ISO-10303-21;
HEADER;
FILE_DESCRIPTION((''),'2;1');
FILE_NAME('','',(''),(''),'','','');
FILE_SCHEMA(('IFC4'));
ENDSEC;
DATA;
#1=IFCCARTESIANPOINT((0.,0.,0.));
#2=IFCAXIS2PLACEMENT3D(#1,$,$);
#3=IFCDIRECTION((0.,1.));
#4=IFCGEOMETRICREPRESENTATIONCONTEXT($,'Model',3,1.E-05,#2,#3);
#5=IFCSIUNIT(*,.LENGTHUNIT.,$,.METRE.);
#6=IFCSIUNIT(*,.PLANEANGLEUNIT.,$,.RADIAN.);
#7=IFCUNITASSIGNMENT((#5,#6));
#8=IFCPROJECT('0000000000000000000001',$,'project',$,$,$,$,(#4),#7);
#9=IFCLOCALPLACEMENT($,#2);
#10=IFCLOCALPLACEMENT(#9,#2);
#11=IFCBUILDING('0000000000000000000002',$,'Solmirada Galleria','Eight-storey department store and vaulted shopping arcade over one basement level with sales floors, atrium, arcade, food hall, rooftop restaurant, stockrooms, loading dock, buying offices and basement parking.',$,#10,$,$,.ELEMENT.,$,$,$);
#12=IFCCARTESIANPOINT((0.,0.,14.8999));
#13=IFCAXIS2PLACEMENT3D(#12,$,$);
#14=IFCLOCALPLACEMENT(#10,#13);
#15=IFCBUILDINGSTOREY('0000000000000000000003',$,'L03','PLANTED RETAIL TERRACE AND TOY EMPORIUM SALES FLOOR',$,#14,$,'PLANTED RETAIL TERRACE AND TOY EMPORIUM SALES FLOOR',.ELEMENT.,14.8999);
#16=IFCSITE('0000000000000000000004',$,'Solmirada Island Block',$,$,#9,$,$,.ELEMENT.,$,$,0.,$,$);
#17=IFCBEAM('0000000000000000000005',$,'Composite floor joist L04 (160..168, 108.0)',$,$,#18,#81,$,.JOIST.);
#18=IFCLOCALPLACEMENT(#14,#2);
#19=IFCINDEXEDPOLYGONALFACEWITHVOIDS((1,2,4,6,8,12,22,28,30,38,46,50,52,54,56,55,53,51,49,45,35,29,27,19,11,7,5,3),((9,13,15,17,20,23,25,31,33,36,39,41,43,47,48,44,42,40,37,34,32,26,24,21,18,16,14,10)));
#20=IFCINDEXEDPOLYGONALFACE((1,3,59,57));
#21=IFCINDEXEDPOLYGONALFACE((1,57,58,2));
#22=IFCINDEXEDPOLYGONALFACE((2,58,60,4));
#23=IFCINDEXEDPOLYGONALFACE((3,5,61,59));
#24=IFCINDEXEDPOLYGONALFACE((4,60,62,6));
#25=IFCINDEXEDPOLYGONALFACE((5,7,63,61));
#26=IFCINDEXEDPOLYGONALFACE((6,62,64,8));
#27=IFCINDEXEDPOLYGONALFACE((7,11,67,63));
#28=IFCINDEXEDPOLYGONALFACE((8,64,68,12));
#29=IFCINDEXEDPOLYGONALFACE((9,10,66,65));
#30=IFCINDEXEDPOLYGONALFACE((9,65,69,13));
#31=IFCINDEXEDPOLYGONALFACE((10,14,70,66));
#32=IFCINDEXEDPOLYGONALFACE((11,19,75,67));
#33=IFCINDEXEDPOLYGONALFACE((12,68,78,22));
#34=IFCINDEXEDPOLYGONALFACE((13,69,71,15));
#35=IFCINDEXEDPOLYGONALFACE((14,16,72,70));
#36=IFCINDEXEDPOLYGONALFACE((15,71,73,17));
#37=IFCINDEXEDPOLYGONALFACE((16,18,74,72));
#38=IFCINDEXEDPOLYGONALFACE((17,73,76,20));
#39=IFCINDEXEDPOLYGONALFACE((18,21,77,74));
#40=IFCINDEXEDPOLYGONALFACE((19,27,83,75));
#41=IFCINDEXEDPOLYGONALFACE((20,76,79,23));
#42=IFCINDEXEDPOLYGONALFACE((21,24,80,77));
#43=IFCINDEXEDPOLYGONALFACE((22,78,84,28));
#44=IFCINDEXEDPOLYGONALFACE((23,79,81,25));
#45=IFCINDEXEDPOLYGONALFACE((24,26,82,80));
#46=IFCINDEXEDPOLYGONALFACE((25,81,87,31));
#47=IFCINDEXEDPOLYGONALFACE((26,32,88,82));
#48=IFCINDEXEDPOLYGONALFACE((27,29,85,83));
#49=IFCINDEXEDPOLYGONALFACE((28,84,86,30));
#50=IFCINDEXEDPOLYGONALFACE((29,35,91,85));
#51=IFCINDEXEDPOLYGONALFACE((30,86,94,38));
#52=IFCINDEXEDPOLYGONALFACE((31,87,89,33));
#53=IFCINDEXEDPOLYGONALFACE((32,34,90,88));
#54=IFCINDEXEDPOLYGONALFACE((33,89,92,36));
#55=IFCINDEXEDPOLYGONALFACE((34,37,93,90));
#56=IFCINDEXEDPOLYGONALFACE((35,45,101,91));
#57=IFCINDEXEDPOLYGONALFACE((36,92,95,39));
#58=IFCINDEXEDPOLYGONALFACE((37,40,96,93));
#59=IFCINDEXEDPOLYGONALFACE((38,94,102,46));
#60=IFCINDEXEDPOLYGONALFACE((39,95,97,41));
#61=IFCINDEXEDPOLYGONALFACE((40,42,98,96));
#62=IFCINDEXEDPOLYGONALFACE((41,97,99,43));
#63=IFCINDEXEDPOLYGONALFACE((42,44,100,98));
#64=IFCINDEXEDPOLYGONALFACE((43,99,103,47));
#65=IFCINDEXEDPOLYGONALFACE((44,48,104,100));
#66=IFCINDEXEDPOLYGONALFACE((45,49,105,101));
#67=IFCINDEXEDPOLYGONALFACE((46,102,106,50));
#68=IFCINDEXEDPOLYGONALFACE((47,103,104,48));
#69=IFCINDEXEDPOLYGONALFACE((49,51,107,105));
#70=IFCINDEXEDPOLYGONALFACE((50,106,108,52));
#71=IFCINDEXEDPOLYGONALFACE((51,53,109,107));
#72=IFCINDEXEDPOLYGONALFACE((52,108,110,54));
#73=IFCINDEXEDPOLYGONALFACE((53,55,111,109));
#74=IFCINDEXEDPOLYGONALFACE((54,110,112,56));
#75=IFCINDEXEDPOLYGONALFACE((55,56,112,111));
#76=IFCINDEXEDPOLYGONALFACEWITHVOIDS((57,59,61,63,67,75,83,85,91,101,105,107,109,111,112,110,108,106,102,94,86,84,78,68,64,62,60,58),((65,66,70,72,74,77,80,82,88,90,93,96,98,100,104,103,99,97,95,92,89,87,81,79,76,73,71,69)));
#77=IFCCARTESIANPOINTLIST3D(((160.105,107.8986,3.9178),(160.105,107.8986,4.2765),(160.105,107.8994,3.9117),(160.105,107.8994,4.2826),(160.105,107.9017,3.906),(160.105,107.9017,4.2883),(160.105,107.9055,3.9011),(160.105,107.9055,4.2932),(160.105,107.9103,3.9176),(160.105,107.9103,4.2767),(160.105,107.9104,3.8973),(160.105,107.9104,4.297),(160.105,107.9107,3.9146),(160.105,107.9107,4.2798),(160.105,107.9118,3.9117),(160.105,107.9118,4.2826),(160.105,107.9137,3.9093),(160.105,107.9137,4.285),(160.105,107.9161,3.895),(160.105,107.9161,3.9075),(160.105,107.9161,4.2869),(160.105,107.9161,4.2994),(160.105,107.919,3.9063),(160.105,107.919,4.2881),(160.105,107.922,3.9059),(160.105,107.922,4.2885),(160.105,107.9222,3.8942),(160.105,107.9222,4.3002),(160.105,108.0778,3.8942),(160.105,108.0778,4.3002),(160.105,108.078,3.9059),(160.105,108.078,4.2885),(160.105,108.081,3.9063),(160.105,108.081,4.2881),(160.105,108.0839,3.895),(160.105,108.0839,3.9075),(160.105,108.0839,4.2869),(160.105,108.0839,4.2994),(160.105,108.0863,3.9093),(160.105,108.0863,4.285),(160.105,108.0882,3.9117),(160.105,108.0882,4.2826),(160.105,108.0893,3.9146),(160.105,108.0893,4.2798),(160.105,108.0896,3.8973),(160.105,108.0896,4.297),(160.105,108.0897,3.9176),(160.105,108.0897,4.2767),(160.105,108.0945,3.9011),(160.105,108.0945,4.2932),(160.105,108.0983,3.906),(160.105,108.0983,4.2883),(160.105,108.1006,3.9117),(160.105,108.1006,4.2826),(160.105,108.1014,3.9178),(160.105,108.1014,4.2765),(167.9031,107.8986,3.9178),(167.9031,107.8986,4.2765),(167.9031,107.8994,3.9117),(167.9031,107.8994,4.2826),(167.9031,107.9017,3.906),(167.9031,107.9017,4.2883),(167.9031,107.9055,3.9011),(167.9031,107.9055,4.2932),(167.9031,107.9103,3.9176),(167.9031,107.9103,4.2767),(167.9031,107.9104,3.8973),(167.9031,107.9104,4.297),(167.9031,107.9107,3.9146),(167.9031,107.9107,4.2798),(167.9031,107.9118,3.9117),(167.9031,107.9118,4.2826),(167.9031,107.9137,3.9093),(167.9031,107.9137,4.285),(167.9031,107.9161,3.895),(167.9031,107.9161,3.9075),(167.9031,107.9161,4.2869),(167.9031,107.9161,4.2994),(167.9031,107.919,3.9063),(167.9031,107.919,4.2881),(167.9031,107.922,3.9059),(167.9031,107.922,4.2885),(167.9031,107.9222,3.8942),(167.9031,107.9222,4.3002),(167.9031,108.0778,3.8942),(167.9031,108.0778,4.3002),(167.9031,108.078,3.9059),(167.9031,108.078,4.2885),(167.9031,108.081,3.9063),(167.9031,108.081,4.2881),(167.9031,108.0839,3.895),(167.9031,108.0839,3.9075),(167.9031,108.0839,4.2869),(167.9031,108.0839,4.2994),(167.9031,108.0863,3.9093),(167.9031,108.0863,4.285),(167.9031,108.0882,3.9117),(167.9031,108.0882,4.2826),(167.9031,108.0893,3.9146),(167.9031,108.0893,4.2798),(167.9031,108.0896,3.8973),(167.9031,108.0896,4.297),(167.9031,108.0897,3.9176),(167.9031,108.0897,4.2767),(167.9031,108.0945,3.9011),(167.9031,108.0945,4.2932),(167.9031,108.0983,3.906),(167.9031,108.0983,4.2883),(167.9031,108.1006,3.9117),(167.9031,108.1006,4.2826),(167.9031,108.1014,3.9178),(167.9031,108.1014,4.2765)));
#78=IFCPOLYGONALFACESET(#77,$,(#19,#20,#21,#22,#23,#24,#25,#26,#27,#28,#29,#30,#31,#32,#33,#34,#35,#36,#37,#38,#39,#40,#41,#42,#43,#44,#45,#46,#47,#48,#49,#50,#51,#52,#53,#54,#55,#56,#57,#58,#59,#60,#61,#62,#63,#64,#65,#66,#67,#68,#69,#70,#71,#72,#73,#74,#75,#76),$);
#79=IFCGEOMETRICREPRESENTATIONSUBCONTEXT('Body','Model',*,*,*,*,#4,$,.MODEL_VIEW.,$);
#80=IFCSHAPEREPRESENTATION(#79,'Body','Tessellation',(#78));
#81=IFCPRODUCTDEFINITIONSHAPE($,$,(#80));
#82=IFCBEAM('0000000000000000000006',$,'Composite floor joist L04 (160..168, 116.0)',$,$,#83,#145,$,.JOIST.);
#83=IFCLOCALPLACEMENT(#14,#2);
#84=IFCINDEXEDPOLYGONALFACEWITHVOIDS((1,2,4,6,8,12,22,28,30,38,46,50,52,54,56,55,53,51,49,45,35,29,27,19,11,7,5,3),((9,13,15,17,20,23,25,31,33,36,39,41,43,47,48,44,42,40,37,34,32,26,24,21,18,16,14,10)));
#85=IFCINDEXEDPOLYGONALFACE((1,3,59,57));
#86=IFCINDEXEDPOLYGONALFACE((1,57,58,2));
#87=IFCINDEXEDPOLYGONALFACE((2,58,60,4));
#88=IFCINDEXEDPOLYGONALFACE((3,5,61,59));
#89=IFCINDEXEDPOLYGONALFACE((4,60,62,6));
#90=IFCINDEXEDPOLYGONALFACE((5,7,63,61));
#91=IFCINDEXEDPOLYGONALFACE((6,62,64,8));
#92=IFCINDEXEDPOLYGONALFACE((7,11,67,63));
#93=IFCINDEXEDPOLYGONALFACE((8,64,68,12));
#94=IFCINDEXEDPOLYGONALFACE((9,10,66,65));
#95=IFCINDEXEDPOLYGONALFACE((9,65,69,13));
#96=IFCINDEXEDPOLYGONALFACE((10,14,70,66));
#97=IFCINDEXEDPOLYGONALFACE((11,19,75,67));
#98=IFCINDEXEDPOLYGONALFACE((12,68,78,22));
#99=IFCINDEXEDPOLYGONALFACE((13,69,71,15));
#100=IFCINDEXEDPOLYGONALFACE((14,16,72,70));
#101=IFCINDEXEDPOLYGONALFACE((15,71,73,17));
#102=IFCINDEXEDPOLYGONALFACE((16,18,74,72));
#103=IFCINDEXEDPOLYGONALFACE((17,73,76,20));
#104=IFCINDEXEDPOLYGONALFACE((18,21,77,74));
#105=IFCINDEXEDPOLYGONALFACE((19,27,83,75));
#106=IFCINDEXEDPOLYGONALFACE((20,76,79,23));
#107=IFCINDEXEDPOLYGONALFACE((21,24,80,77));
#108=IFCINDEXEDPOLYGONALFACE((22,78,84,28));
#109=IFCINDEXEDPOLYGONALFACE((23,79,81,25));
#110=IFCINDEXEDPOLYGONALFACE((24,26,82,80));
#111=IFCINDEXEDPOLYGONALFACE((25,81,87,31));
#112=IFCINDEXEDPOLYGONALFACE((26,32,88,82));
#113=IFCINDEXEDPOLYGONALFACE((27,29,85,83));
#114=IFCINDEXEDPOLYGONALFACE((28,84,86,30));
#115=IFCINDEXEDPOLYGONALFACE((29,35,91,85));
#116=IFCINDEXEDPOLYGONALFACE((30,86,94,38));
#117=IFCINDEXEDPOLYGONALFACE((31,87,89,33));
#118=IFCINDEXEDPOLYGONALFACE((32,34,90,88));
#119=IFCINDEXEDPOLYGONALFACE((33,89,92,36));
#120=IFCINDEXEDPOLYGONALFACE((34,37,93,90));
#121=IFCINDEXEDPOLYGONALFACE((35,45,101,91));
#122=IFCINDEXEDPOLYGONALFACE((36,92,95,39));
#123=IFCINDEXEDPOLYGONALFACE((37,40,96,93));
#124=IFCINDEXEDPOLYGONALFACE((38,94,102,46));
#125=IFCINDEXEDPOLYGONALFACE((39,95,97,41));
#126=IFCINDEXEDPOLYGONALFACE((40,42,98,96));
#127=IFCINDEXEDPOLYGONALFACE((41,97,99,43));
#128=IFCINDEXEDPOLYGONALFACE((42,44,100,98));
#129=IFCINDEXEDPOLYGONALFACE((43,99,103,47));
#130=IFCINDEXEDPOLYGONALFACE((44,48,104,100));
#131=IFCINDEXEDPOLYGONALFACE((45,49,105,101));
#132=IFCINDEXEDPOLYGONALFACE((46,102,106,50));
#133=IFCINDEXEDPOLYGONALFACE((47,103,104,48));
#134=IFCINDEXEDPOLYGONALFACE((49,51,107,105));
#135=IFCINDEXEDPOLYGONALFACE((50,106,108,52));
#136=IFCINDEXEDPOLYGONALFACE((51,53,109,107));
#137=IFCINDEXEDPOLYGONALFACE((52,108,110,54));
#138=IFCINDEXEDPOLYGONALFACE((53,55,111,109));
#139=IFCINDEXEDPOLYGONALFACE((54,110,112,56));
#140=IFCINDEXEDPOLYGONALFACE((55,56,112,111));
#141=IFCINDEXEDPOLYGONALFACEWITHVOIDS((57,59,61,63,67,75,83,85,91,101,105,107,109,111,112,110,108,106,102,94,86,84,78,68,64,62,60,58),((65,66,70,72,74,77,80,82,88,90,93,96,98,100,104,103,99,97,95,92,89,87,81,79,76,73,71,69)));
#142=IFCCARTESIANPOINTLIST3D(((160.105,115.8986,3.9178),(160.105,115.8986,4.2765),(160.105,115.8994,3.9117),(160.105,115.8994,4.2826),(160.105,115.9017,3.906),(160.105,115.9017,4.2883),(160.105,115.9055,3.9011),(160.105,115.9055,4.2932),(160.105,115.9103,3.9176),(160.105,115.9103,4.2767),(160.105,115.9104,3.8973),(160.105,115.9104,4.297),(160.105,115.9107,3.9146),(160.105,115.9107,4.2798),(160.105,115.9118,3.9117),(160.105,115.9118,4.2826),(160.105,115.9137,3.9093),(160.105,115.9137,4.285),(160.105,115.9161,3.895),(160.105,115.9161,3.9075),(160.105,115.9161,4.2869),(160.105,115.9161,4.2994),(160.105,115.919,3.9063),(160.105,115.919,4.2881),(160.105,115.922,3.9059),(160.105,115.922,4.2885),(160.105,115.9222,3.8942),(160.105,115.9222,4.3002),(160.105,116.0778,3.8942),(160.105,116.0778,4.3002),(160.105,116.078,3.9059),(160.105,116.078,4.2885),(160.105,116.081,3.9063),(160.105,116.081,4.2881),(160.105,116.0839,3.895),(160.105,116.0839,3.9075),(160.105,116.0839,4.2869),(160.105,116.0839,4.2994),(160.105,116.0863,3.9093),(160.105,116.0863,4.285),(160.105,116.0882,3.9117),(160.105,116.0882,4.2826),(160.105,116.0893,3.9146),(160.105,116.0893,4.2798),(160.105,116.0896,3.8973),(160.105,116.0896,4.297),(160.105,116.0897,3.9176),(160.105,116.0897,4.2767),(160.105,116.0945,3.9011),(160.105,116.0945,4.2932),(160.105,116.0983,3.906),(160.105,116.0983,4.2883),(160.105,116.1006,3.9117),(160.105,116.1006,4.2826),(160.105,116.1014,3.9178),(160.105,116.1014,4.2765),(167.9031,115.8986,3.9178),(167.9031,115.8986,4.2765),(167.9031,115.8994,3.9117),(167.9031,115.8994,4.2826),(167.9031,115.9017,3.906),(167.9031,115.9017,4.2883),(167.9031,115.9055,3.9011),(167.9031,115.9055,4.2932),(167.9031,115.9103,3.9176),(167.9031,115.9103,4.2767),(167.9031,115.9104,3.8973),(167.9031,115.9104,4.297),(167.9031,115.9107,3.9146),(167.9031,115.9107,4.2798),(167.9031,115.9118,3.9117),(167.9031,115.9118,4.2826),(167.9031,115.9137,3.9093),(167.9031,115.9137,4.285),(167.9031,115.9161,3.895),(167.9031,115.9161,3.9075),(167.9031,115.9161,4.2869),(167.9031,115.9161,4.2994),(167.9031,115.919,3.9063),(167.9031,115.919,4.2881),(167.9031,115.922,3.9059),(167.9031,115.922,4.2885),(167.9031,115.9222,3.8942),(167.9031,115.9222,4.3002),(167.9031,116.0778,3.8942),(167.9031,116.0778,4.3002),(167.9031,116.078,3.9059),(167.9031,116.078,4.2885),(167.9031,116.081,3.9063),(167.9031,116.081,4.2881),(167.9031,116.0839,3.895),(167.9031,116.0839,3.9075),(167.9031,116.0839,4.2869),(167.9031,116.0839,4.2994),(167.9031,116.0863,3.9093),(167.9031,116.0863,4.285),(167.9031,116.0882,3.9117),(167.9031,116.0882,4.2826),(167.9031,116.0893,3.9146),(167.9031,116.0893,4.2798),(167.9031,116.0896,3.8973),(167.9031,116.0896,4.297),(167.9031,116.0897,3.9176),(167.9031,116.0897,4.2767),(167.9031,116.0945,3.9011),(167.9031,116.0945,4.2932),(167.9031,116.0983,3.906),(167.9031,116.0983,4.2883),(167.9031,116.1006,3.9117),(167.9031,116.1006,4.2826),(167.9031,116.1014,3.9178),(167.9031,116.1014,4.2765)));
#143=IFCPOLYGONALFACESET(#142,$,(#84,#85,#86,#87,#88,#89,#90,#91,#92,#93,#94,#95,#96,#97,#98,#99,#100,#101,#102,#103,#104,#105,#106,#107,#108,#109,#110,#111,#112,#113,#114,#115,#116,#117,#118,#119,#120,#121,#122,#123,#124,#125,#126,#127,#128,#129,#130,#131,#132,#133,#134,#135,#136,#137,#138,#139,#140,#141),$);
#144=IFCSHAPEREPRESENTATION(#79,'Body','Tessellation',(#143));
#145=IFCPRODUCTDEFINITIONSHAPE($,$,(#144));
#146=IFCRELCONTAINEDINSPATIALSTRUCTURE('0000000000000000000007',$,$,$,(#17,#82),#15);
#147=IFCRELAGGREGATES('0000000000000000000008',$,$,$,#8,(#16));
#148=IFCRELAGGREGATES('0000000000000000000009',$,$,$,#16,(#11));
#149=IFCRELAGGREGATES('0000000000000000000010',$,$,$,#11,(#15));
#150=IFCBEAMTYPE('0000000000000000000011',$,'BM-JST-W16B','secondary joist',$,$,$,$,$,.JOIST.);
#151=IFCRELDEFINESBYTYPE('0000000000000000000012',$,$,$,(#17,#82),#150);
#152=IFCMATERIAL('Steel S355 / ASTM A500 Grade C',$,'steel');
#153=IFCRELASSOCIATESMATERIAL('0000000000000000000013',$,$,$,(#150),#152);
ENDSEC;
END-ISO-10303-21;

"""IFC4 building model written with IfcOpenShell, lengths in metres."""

from ifc_helpers import new_model, si_unit, direction, frame, origin, origin_2d, place, context, subcontext, project, spatial, hollow_rectangle, extrude, material, material_profile, profile_set, type_object, element, save


model = new_model("IFC4")

# Units and contexts
model_context = context("Model", 3, precision=1e-05, world=origin(), true_north=direction((0.0, 1.0)))
body_context = subcontext(model_context, "Body", "Model", "MODEL_VIEW")
ifc_project = project(units=[si_unit("LENGTHUNIT", "METRE"), si_unit("PLANEANGLEUNIT", "RADIAN")], contexts=[model_context])

# Site, building, storey
site_placement = place(None, origin())
site = spatial("IfcSite", under=ifc_project, at=site_placement, Name="Solmirada Island Block", CompositionType="ELEMENT", RefElevation=0.0)
building_placement = place(site_placement, origin())
building = spatial("IfcBuilding", under=site, at=building_placement, Name="Solmirada Galleria", Description="Eight-storey department store and vaulted shopping arcade over one basement level with sales floors, atrium, arcade, food hall, rooftop restaurant, stockrooms, loading dock, buying offices and basement parking.", CompositionType="ELEMENT")
storey_placement = place(building_placement, frame((0.0, 0.0, 14.8999)))
storey = spatial("IfcBuildingStorey", under=building, at=storey_placement, Name="L03", Description="PLANTED RETAIL TERRACE AND TOY EMPORIUM SALES FLOOR", LongName="PLANTED RETAIL TERRACE AND TOY EMPORIUM SALES FLOOR", CompositionType="ELEMENT", Elevation=14.8999)

# Shared definitions
ifc_material_1 = material(Name="Steel S355 / ASTM A500 Grade C", Category="steel")

# Beams
ifc_material_profile_1 = material_profile(ifc_material_1, hollow_rectangle(XDim=0.2029, YDim=0.406, WallThickness=0.0117, InnerFilletRadius=0.0117, OuterFilletRadius=0.0237, at=origin_2d()), Name="HSS16X8X1/2")
ifc_profile_set_1 = profile_set([ifc_material_profile_1], Name="Steel S355 / ASTM A500 Grade C")
beam_type_1 = type_object("IfcBeamType", Name="BM-JST-W16B", Description="secondary joist", PredefinedType="JOIST", material=ifc_profile_set_1)
for number, where, z_axis, x_axis, name in (
    (1, (160.105, 108.0, 4.0972), (1.0, 0.0, 0.0), (0.0, 1.0, 0.0), "Composite floor joist L04 (160..168, 108.0)"),
    (2, (160.105, 116.0, 4.0972), (1.0, 0.0, 0.0), (0.0, 1.0, 0.0), "Composite floor joist L04 (160..168, 116.0)"),
):
    element("IfcBeam", number, at=place(storey_placement, frame(where, z_axis=z_axis, x_axis=x_axis)), inside=storey, type_object=beam_type_1, Name=name, PredefinedType="JOIST", context=body_context, shape_type="SweptSolid", body=[
        extrude(hollow_rectangle(XDim=0.2029, YDim=0.406, WallThickness=0.0117, InnerFilletRadius=0.0117, OuterFilletRadius=0.0237, at=origin_2d()), origin(), (0.0, 0.0, 1.0), 7.7981),
    ])

save(model, "model.ifc")
